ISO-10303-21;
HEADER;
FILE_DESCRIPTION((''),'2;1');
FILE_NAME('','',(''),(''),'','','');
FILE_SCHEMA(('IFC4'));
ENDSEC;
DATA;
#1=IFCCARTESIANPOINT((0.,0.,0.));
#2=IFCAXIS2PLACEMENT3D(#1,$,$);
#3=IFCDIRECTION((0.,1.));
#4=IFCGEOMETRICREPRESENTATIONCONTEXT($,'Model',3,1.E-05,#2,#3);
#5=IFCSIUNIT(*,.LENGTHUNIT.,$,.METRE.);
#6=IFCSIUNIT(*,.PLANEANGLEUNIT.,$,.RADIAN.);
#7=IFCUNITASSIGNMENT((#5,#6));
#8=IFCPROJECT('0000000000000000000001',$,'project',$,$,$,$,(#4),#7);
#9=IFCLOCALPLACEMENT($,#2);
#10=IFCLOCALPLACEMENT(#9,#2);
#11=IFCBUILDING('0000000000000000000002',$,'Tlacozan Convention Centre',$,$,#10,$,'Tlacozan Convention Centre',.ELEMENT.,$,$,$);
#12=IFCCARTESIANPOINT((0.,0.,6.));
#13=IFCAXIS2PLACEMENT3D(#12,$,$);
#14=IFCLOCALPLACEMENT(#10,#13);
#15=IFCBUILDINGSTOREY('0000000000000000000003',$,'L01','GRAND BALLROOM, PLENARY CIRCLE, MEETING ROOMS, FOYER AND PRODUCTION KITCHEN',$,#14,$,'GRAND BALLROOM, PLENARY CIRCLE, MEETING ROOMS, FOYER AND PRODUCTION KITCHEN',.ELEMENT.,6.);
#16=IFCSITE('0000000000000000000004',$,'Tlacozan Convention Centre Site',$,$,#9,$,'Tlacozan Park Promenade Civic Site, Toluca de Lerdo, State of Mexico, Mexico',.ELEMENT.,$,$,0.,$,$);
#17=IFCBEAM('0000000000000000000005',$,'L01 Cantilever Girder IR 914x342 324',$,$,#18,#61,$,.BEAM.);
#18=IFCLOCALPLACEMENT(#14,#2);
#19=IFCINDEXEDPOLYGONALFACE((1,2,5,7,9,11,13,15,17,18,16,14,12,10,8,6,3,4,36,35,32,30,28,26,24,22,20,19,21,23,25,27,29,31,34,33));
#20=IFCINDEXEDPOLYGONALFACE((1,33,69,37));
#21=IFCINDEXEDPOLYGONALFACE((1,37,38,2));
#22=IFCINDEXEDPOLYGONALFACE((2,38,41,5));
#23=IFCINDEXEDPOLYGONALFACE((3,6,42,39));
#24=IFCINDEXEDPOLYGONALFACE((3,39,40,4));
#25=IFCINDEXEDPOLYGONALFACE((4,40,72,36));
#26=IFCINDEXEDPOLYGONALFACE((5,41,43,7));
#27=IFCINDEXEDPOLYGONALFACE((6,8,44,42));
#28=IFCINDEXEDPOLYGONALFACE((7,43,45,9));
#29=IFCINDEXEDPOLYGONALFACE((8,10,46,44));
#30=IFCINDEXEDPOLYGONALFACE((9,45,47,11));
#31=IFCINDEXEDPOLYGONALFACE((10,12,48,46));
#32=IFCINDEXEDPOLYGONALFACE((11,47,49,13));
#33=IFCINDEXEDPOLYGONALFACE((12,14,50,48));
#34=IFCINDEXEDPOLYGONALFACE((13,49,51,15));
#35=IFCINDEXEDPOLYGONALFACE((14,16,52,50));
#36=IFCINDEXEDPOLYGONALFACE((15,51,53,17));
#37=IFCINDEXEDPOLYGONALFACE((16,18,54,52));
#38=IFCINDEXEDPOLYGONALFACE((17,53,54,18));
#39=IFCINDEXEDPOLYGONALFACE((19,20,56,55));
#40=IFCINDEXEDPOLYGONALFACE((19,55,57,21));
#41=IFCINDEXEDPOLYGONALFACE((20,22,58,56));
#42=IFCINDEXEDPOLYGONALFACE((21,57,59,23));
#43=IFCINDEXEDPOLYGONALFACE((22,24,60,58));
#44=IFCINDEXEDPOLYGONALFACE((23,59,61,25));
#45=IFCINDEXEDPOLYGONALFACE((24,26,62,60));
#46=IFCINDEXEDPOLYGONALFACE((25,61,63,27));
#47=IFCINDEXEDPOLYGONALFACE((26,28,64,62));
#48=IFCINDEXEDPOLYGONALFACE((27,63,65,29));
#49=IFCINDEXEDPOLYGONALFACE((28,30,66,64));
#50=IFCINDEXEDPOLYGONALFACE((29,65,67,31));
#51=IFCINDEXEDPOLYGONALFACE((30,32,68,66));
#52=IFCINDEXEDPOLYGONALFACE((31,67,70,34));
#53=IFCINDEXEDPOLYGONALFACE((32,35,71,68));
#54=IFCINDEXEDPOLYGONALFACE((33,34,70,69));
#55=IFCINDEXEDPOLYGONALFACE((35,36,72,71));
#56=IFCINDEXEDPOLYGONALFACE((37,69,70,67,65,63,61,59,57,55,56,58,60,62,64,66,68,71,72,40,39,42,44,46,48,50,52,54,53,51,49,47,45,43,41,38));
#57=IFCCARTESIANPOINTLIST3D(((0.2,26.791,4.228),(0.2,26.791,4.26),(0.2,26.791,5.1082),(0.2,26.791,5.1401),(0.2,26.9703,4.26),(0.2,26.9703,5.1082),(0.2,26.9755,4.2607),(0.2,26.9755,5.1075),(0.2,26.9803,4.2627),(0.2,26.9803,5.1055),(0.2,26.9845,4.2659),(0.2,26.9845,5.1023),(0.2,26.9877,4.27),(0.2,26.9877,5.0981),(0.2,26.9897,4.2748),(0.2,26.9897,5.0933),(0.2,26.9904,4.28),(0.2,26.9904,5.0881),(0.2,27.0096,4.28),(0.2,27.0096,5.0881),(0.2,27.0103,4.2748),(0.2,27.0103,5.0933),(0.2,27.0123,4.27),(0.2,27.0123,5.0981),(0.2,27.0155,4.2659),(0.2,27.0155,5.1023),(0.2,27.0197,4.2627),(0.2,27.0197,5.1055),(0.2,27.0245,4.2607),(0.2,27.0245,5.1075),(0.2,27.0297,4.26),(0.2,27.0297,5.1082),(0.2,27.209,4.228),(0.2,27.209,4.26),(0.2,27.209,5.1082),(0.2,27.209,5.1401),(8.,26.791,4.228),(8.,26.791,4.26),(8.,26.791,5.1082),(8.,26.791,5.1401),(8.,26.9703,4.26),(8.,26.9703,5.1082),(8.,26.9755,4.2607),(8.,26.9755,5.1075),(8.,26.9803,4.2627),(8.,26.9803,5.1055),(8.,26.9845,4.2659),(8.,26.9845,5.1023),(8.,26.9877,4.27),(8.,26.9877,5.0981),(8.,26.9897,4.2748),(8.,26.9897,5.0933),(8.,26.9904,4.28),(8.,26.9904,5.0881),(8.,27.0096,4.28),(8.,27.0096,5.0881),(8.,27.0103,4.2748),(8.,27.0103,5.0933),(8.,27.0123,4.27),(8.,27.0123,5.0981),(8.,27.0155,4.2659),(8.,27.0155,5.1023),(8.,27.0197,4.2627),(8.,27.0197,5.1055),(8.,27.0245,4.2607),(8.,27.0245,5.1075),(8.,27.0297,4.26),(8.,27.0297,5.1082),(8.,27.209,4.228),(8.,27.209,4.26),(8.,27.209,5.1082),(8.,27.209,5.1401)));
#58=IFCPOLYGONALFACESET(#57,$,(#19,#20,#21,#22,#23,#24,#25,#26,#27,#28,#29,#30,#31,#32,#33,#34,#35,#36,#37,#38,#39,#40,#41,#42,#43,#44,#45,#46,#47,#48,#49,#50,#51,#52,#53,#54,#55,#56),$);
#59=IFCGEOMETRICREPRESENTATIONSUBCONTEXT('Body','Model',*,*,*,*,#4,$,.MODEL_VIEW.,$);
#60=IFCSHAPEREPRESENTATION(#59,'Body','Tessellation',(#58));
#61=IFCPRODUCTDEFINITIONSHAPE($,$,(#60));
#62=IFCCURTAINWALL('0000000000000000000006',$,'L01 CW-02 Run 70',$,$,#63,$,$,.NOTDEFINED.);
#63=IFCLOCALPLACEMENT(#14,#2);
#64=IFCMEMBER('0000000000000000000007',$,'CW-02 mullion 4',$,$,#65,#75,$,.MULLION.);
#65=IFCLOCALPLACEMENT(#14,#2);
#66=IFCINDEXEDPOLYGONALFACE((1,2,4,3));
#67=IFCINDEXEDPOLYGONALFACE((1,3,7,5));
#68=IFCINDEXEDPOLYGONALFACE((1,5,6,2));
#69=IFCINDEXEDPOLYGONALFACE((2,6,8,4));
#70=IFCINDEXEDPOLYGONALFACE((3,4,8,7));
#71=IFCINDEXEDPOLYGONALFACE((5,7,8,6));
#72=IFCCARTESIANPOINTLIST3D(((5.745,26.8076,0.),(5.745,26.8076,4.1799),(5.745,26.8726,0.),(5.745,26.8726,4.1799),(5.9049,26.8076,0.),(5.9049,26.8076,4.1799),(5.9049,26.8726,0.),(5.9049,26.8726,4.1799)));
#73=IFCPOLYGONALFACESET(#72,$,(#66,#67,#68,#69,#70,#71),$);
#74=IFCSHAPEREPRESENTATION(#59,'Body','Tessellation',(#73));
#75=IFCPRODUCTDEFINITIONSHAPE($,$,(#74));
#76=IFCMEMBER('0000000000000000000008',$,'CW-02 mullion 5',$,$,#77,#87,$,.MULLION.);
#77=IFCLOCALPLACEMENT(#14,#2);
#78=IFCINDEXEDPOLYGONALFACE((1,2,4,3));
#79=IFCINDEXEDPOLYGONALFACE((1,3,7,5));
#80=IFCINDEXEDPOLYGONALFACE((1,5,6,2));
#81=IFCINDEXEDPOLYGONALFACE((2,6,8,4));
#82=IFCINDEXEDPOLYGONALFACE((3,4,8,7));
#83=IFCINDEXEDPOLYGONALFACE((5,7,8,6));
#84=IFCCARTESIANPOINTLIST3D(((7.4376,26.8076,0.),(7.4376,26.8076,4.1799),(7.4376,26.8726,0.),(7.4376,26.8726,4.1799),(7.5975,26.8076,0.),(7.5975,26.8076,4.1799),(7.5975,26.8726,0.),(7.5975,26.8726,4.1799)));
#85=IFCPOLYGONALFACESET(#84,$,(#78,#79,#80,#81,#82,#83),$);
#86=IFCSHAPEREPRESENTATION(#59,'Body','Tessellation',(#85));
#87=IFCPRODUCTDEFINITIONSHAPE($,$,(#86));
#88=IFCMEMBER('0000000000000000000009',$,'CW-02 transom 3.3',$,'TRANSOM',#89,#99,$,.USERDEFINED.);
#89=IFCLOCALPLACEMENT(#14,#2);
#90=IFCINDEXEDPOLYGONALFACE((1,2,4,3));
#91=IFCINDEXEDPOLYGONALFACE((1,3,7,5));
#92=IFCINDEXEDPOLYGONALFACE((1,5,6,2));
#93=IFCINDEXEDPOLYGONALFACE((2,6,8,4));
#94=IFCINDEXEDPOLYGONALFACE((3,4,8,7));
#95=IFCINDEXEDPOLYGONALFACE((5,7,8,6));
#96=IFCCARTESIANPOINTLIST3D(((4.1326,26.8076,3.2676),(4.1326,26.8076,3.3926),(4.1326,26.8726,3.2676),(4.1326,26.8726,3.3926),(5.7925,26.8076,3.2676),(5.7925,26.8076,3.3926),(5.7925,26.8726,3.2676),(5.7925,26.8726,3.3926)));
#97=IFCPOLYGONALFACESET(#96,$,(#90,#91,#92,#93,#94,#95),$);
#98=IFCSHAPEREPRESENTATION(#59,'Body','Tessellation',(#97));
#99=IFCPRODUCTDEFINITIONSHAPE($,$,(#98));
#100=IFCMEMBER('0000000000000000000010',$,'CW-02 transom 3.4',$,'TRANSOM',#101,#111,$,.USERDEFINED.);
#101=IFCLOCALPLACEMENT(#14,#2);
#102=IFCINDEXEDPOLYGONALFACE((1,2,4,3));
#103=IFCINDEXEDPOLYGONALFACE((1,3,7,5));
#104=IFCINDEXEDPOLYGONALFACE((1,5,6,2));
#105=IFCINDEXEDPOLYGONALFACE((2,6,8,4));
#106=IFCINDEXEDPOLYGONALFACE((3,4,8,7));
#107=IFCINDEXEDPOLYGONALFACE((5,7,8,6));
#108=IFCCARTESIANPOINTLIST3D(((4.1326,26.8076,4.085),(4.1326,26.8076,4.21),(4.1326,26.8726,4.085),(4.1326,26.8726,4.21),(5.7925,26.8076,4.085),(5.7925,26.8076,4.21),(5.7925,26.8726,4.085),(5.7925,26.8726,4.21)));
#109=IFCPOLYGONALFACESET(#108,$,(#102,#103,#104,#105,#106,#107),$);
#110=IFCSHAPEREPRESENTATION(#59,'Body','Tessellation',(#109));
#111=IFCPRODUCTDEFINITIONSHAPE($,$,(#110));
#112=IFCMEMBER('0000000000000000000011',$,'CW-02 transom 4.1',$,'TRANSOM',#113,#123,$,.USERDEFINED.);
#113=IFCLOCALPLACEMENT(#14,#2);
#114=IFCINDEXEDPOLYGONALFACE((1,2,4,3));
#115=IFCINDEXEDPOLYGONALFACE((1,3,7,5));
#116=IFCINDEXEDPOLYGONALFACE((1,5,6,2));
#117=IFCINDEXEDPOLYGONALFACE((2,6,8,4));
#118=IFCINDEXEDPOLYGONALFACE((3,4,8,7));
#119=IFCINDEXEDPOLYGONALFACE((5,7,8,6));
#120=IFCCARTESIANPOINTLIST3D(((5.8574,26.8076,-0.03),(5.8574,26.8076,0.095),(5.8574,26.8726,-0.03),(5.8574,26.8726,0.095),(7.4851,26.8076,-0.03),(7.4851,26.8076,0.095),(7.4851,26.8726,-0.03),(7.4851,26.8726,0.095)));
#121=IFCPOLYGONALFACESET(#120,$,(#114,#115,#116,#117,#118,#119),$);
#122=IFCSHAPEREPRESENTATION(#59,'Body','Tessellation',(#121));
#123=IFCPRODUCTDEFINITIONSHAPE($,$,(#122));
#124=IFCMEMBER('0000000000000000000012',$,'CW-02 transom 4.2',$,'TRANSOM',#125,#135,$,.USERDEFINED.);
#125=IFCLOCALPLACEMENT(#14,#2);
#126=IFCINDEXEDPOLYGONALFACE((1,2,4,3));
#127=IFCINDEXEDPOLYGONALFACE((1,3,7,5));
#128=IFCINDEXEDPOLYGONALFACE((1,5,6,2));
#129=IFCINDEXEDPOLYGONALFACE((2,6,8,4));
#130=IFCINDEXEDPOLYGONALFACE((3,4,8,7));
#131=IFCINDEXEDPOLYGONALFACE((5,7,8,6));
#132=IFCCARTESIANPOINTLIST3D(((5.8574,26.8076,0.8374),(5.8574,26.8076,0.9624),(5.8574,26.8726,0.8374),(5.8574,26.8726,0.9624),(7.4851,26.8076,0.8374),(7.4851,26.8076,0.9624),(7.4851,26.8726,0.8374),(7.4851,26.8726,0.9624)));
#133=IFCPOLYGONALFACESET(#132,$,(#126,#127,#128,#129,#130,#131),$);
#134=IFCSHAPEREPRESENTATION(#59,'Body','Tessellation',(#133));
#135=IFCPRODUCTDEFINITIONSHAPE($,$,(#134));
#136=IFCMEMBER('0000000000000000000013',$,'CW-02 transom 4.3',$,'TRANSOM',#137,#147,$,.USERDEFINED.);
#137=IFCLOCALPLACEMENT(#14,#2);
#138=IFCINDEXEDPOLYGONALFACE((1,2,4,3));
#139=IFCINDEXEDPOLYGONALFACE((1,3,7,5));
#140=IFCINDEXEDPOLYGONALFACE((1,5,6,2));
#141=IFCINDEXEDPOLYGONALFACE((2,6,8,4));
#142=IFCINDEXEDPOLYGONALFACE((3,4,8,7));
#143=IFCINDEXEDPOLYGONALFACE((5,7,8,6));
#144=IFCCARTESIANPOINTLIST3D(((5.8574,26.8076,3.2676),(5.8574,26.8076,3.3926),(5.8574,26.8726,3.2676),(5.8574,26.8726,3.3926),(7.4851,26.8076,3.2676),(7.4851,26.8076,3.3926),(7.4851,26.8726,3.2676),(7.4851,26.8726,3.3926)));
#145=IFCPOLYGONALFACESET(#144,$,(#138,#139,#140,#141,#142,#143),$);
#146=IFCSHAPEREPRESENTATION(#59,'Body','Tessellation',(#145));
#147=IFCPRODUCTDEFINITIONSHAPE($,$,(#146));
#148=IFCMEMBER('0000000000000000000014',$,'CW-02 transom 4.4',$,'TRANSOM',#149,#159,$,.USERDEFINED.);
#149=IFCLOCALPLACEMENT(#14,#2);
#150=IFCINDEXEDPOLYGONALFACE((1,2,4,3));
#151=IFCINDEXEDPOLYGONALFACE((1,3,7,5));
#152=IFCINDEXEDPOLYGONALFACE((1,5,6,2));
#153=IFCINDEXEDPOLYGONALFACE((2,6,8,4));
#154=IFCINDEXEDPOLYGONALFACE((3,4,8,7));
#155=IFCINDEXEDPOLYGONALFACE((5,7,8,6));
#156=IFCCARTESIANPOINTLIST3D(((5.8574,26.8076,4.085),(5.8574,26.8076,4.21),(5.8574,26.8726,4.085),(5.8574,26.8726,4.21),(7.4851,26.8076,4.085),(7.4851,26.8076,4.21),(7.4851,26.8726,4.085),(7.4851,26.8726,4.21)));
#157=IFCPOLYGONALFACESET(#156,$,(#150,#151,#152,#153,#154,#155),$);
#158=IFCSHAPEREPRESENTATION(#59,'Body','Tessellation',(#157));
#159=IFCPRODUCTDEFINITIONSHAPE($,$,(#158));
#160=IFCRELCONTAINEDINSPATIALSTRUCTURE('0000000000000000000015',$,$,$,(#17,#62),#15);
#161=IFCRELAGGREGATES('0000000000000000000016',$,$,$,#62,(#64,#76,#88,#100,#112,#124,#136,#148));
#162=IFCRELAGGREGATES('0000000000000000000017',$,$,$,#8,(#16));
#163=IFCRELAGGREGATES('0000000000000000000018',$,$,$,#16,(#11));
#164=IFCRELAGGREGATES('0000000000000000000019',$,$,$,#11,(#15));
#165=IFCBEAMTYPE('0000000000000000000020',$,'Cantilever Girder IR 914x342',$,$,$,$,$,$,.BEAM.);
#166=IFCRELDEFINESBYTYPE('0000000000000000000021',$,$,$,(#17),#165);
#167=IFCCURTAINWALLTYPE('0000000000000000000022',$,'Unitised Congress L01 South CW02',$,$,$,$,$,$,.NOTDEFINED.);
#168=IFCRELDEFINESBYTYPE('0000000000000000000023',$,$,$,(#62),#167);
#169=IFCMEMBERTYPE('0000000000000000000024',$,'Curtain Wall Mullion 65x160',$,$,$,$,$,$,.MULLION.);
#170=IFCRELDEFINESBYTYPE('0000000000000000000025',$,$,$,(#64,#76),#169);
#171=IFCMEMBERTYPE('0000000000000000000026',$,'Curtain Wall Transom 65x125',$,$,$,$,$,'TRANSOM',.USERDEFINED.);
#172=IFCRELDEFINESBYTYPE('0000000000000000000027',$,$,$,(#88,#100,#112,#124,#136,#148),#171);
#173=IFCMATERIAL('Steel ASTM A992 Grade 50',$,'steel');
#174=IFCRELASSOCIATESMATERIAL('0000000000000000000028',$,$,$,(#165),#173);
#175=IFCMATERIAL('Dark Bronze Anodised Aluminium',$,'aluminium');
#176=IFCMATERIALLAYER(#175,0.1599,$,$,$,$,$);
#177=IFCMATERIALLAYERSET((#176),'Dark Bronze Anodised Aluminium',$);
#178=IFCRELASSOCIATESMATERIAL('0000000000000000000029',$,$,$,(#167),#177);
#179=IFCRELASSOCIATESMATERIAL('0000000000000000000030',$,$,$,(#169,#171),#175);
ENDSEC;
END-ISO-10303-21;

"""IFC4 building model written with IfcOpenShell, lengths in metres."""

from ifc_helpers import new_model, si_unit, direction, frame, origin, origin_2d, place, context, subcontext, project, spatial, rectangle, i_section, extrude, material, layer, layer_set, material_profile, profile_set, type_object, element, aggregate, save


model = new_model("IFC4")

# Units and contexts
model_context = context("Model", 3, precision=1e-05, world=origin(), true_north=direction((0.0, 1.0)))
body_context = subcontext(model_context, "Body", "Model", "MODEL_VIEW")
ifc_project = project(units=[si_unit("LENGTHUNIT", "METRE"), si_unit("PLANEANGLEUNIT", "RADIAN")], contexts=[model_context])

# Site, building, storey
site_placement = place(None, origin())
site = spatial("IfcSite", under=ifc_project, at=site_placement, Name="Tlacozan Convention Centre Site", LongName="Tlacozan Park Promenade Civic Site, Toluca de Lerdo, State of Mexico, Mexico", CompositionType="ELEMENT", RefElevation=0.0)
building_placement = place(site_placement, origin())
building = spatial("IfcBuilding", under=site, at=building_placement, Name="Tlacozan Convention Centre", LongName="Tlacozan Convention Centre", CompositionType="ELEMENT")
storey_placement = place(building_placement, frame((0.0, 0.0, 6.0)))
storey = spatial("IfcBuildingStorey", under=building, at=storey_placement, Name="L01", Description="GRAND BALLROOM, PLENARY CIRCLE, MEETING ROOMS, FOYER AND PRODUCTION KITCHEN", LongName="GRAND BALLROOM, PLENARY CIRCLE, MEETING ROOMS, FOYER AND PRODUCTION KITCHEN", CompositionType="ELEMENT", Elevation=6.0)

# Beam
ifc_material_1 = material(Name="Steel ASTM A992 Grade 50", Category="steel")
ifc_material_profile_1 = material_profile(ifc_material_1, i_section(OverallWidth=0.418, OverallDepth=0.9121, WebThickness=0.0193, FlangeThickness=0.032, FilletRadius=0.02, at=origin_2d()), Name="IR 914x342.0")
ifc_profile_set_1 = profile_set([ifc_material_profile_1], Name="Steel ASTM A992 Grade 50")
beam_type_1 = type_object("IfcBeamType", Name="Cantilever Girder IR 914x342", PredefinedType="BEAM", material=ifc_profile_set_1)
beam_1_placement = place(storey_placement, frame((8.0, 27.0, 4.6841), z_axis=(-1.0, 0.0, 0.0), x_axis=(0.0, -1.0, 0.0)))
element("IfcBeam", 1, at=beam_1_placement, inside=storey, type_object=beam_type_1, Name="L01 Cantilever Girder IR 914x342 324", PredefinedType="BEAM", context=body_context, shape_type="SweptSolid", body=[
    extrude(i_section(OverallWidth=0.418, OverallDepth=0.9121, WebThickness=0.0193, FlangeThickness=0.032, FilletRadius=0.02, at=origin_2d()), origin(), (0.0, 0.0, 1.0), 7.8),
])

# Curtain wall, members
ifc_material_2 = material(Name="Dark Bronze Anodised Aluminium", Category="aluminium")
ifc_layer_1 = layer(ifc_material_2, 0.1599)
ifc_layer_set_1 = layer_set([ifc_layer_1], Name="Dark Bronze Anodised Aluminium")
curtain_wall_type = type_object("IfcCurtainWallType", Name="Unitised Congress L01 South CW02", PredefinedType="NOTDEFINED", material=ifc_layer_set_1)
curtain_wall_placement = place(storey_placement, origin())
curtain_wall = element("IfcCurtainWall", 2, at=curtain_wall_placement, inside=storey, type_object=curtain_wall_type, Name="L01 CW-02 Run 70", PredefinedType="NOTDEFINED")
ifc_material_profile_2 = material_profile(ifc_material_2, rectangle(XDim=0.0649, YDim=0.1599, at=origin_2d()), Name="ALU 65x160")
ifc_profile_set_2 = profile_set([ifc_material_profile_2], Name="Dark Bronze Anodised Aluminium")
member_type_1 = type_object("IfcMemberType", Name="Curtain Wall Mullion 65x160", PredefinedType="MULLION", material=ifc_profile_set_2)
member_1_placement = place(storey_placement, frame((5.825, 26.8401, 0.0), z_axis=(0.0, 0.0, 1.0), x_axis=(0.0, 1.0, 0.0)))
member_1 = element("IfcMember", 3, at=member_1_placement, type_object=member_type_1, Name="CW-02 mullion 4", PredefinedType="MULLION", context=body_context, shape_type="SweptSolid", body=[
    extrude(rectangle(XDim=0.0649, YDim=0.1599, at=origin_2d()), origin(), (0.0, 0.0, 1.0), 4.1799),
])
member_2_placement = place(storey_placement, frame((7.5176, 26.8401, 0.0), z_axis=(0.0, 0.0, 1.0), x_axis=(0.0, 1.0, 0.0)))
member_2 = element("IfcMember", 4, at=member_2_placement, type_object=member_type_1, Name="CW-02 mullion 5", PredefinedType="MULLION", context=body_context, shape_type="SweptSolid", body=[
    extrude(rectangle(XDim=0.0649, YDim=0.1599, at=origin_2d()), origin(), (0.0, 0.0, 1.0), 4.1799),
])
ifc_material_profile_3 = material_profile(ifc_material_2, rectangle(XDim=0.0649, YDim=0.125, at=origin_2d()), Name="ALU 65x125")
ifc_profile_set_3 = profile_set([ifc_material_profile_3], Name="Dark Bronze Anodised Aluminium")
member_type_2 = type_object("IfcMemberType", Name="Curtain Wall Transom 65x125", ElementType="TRANSOM", PredefinedType="USERDEFINED", material=ifc_profile_set_3)
member_3_placement = place(storey_placement, frame((4.1326, 26.8401, 3.3301), z_axis=(1.0, 0.0, 0.0), x_axis=(0.0, 1.0, 0.0)))
member_3 = element("IfcMember", 5, at=member_3_placement, type_object=member_type_2, Name="CW-02 transom 3.3", ObjectType="TRANSOM", PredefinedType="USERDEFINED", context=body_context, shape_type="SweptSolid", body=[
    extrude(rectangle(XDim=0.0649, YDim=0.125, at=origin_2d()), origin(), (0.0, 0.0, 1.0), 1.6599),
])
member_4_placement = place(storey_placement, frame((4.1326, 26.8401, 4.1475), z_axis=(1.0, 0.0, 0.0), x_axis=(0.0, 1.0, 0.0)))
member_4 = element("IfcMember", 6, at=member_4_placement, type_object=member_type_2, Name="CW-02 transom 3.4", ObjectType="TRANSOM", PredefinedType="USERDEFINED", context=body_context, shape_type="SweptSolid", body=[
    extrude(rectangle(XDim=0.0649, YDim=0.125, at=origin_2d()), origin(), (0.0, 0.0, 1.0), 1.6599),
])
member_5_placement = place(storey_placement, frame((5.8574, 26.8401, 0.0325), z_axis=(1.0, 0.0, 0.0), x_axis=(0.0, 1.0, 0.0)))
member_5 = element("IfcMember", 7, at=member_5_placement, type_object=member_type_2, Name="CW-02 transom 4.1", ObjectType="TRANSOM", PredefinedType="USERDEFINED", context=body_context, shape_type="SweptSolid", body=[
    extrude(rectangle(XDim=0.0649, YDim=0.125, at=origin_2d()), origin(), (0.0, 0.0, 1.0), 1.6277),
])
member_6_placement = place(storey_placement, frame((5.8574, 26.8401, 0.8999), z_axis=(1.0, 0.0, 0.0), x_axis=(0.0, 1.0, 0.0)))
member_6 = element("IfcMember", 8, at=member_6_placement, type_object=member_type_2, Name="CW-02 transom 4.2", ObjectType="TRANSOM", PredefinedType="USERDEFINED", context=body_context, shape_type="SweptSolid", body=[
    extrude(rectangle(XDim=0.0649, YDim=0.125, at=origin_2d()), origin(), (0.0, 0.0, 1.0), 1.6277),
])
member_7_placement = place(storey_placement, frame((5.8574, 26.8401, 3.3301), z_axis=(1.0, 0.0, 0.0), x_axis=(0.0, 1.0, 0.0)))
member_7 = element("IfcMember", 9, at=member_7_placement, type_object=member_type_2, Name="CW-02 transom 4.3", ObjectType="TRANSOM", PredefinedType="USERDEFINED", context=body_context, shape_type="SweptSolid", body=[
    extrude(rectangle(XDim=0.0649, YDim=0.125, at=origin_2d()), origin(), (0.0, 0.0, 1.0), 1.6277),
])
member_8_placement = place(storey_placement, frame((5.8574, 26.8401, 4.1475), z_axis=(1.0, 0.0, 0.0), x_axis=(0.0, 1.0, 0.0)))
member_8 = element("IfcMember", 10, at=member_8_placement, type_object=member_type_2, Name="CW-02 transom 4.4", ObjectType="TRANSOM", PredefinedType="USERDEFINED", context=body_context, shape_type="SweptSolid", body=[
    extrude(rectangle(XDim=0.0649, YDim=0.125, at=origin_2d()), origin(), (0.0, 0.0, 1.0), 1.6277),
])

aggregate(curtain_wall, [member_1, member_2, member_3, member_4, member_5, member_6, member_7, member_8])

save(model, "model.ifc")
